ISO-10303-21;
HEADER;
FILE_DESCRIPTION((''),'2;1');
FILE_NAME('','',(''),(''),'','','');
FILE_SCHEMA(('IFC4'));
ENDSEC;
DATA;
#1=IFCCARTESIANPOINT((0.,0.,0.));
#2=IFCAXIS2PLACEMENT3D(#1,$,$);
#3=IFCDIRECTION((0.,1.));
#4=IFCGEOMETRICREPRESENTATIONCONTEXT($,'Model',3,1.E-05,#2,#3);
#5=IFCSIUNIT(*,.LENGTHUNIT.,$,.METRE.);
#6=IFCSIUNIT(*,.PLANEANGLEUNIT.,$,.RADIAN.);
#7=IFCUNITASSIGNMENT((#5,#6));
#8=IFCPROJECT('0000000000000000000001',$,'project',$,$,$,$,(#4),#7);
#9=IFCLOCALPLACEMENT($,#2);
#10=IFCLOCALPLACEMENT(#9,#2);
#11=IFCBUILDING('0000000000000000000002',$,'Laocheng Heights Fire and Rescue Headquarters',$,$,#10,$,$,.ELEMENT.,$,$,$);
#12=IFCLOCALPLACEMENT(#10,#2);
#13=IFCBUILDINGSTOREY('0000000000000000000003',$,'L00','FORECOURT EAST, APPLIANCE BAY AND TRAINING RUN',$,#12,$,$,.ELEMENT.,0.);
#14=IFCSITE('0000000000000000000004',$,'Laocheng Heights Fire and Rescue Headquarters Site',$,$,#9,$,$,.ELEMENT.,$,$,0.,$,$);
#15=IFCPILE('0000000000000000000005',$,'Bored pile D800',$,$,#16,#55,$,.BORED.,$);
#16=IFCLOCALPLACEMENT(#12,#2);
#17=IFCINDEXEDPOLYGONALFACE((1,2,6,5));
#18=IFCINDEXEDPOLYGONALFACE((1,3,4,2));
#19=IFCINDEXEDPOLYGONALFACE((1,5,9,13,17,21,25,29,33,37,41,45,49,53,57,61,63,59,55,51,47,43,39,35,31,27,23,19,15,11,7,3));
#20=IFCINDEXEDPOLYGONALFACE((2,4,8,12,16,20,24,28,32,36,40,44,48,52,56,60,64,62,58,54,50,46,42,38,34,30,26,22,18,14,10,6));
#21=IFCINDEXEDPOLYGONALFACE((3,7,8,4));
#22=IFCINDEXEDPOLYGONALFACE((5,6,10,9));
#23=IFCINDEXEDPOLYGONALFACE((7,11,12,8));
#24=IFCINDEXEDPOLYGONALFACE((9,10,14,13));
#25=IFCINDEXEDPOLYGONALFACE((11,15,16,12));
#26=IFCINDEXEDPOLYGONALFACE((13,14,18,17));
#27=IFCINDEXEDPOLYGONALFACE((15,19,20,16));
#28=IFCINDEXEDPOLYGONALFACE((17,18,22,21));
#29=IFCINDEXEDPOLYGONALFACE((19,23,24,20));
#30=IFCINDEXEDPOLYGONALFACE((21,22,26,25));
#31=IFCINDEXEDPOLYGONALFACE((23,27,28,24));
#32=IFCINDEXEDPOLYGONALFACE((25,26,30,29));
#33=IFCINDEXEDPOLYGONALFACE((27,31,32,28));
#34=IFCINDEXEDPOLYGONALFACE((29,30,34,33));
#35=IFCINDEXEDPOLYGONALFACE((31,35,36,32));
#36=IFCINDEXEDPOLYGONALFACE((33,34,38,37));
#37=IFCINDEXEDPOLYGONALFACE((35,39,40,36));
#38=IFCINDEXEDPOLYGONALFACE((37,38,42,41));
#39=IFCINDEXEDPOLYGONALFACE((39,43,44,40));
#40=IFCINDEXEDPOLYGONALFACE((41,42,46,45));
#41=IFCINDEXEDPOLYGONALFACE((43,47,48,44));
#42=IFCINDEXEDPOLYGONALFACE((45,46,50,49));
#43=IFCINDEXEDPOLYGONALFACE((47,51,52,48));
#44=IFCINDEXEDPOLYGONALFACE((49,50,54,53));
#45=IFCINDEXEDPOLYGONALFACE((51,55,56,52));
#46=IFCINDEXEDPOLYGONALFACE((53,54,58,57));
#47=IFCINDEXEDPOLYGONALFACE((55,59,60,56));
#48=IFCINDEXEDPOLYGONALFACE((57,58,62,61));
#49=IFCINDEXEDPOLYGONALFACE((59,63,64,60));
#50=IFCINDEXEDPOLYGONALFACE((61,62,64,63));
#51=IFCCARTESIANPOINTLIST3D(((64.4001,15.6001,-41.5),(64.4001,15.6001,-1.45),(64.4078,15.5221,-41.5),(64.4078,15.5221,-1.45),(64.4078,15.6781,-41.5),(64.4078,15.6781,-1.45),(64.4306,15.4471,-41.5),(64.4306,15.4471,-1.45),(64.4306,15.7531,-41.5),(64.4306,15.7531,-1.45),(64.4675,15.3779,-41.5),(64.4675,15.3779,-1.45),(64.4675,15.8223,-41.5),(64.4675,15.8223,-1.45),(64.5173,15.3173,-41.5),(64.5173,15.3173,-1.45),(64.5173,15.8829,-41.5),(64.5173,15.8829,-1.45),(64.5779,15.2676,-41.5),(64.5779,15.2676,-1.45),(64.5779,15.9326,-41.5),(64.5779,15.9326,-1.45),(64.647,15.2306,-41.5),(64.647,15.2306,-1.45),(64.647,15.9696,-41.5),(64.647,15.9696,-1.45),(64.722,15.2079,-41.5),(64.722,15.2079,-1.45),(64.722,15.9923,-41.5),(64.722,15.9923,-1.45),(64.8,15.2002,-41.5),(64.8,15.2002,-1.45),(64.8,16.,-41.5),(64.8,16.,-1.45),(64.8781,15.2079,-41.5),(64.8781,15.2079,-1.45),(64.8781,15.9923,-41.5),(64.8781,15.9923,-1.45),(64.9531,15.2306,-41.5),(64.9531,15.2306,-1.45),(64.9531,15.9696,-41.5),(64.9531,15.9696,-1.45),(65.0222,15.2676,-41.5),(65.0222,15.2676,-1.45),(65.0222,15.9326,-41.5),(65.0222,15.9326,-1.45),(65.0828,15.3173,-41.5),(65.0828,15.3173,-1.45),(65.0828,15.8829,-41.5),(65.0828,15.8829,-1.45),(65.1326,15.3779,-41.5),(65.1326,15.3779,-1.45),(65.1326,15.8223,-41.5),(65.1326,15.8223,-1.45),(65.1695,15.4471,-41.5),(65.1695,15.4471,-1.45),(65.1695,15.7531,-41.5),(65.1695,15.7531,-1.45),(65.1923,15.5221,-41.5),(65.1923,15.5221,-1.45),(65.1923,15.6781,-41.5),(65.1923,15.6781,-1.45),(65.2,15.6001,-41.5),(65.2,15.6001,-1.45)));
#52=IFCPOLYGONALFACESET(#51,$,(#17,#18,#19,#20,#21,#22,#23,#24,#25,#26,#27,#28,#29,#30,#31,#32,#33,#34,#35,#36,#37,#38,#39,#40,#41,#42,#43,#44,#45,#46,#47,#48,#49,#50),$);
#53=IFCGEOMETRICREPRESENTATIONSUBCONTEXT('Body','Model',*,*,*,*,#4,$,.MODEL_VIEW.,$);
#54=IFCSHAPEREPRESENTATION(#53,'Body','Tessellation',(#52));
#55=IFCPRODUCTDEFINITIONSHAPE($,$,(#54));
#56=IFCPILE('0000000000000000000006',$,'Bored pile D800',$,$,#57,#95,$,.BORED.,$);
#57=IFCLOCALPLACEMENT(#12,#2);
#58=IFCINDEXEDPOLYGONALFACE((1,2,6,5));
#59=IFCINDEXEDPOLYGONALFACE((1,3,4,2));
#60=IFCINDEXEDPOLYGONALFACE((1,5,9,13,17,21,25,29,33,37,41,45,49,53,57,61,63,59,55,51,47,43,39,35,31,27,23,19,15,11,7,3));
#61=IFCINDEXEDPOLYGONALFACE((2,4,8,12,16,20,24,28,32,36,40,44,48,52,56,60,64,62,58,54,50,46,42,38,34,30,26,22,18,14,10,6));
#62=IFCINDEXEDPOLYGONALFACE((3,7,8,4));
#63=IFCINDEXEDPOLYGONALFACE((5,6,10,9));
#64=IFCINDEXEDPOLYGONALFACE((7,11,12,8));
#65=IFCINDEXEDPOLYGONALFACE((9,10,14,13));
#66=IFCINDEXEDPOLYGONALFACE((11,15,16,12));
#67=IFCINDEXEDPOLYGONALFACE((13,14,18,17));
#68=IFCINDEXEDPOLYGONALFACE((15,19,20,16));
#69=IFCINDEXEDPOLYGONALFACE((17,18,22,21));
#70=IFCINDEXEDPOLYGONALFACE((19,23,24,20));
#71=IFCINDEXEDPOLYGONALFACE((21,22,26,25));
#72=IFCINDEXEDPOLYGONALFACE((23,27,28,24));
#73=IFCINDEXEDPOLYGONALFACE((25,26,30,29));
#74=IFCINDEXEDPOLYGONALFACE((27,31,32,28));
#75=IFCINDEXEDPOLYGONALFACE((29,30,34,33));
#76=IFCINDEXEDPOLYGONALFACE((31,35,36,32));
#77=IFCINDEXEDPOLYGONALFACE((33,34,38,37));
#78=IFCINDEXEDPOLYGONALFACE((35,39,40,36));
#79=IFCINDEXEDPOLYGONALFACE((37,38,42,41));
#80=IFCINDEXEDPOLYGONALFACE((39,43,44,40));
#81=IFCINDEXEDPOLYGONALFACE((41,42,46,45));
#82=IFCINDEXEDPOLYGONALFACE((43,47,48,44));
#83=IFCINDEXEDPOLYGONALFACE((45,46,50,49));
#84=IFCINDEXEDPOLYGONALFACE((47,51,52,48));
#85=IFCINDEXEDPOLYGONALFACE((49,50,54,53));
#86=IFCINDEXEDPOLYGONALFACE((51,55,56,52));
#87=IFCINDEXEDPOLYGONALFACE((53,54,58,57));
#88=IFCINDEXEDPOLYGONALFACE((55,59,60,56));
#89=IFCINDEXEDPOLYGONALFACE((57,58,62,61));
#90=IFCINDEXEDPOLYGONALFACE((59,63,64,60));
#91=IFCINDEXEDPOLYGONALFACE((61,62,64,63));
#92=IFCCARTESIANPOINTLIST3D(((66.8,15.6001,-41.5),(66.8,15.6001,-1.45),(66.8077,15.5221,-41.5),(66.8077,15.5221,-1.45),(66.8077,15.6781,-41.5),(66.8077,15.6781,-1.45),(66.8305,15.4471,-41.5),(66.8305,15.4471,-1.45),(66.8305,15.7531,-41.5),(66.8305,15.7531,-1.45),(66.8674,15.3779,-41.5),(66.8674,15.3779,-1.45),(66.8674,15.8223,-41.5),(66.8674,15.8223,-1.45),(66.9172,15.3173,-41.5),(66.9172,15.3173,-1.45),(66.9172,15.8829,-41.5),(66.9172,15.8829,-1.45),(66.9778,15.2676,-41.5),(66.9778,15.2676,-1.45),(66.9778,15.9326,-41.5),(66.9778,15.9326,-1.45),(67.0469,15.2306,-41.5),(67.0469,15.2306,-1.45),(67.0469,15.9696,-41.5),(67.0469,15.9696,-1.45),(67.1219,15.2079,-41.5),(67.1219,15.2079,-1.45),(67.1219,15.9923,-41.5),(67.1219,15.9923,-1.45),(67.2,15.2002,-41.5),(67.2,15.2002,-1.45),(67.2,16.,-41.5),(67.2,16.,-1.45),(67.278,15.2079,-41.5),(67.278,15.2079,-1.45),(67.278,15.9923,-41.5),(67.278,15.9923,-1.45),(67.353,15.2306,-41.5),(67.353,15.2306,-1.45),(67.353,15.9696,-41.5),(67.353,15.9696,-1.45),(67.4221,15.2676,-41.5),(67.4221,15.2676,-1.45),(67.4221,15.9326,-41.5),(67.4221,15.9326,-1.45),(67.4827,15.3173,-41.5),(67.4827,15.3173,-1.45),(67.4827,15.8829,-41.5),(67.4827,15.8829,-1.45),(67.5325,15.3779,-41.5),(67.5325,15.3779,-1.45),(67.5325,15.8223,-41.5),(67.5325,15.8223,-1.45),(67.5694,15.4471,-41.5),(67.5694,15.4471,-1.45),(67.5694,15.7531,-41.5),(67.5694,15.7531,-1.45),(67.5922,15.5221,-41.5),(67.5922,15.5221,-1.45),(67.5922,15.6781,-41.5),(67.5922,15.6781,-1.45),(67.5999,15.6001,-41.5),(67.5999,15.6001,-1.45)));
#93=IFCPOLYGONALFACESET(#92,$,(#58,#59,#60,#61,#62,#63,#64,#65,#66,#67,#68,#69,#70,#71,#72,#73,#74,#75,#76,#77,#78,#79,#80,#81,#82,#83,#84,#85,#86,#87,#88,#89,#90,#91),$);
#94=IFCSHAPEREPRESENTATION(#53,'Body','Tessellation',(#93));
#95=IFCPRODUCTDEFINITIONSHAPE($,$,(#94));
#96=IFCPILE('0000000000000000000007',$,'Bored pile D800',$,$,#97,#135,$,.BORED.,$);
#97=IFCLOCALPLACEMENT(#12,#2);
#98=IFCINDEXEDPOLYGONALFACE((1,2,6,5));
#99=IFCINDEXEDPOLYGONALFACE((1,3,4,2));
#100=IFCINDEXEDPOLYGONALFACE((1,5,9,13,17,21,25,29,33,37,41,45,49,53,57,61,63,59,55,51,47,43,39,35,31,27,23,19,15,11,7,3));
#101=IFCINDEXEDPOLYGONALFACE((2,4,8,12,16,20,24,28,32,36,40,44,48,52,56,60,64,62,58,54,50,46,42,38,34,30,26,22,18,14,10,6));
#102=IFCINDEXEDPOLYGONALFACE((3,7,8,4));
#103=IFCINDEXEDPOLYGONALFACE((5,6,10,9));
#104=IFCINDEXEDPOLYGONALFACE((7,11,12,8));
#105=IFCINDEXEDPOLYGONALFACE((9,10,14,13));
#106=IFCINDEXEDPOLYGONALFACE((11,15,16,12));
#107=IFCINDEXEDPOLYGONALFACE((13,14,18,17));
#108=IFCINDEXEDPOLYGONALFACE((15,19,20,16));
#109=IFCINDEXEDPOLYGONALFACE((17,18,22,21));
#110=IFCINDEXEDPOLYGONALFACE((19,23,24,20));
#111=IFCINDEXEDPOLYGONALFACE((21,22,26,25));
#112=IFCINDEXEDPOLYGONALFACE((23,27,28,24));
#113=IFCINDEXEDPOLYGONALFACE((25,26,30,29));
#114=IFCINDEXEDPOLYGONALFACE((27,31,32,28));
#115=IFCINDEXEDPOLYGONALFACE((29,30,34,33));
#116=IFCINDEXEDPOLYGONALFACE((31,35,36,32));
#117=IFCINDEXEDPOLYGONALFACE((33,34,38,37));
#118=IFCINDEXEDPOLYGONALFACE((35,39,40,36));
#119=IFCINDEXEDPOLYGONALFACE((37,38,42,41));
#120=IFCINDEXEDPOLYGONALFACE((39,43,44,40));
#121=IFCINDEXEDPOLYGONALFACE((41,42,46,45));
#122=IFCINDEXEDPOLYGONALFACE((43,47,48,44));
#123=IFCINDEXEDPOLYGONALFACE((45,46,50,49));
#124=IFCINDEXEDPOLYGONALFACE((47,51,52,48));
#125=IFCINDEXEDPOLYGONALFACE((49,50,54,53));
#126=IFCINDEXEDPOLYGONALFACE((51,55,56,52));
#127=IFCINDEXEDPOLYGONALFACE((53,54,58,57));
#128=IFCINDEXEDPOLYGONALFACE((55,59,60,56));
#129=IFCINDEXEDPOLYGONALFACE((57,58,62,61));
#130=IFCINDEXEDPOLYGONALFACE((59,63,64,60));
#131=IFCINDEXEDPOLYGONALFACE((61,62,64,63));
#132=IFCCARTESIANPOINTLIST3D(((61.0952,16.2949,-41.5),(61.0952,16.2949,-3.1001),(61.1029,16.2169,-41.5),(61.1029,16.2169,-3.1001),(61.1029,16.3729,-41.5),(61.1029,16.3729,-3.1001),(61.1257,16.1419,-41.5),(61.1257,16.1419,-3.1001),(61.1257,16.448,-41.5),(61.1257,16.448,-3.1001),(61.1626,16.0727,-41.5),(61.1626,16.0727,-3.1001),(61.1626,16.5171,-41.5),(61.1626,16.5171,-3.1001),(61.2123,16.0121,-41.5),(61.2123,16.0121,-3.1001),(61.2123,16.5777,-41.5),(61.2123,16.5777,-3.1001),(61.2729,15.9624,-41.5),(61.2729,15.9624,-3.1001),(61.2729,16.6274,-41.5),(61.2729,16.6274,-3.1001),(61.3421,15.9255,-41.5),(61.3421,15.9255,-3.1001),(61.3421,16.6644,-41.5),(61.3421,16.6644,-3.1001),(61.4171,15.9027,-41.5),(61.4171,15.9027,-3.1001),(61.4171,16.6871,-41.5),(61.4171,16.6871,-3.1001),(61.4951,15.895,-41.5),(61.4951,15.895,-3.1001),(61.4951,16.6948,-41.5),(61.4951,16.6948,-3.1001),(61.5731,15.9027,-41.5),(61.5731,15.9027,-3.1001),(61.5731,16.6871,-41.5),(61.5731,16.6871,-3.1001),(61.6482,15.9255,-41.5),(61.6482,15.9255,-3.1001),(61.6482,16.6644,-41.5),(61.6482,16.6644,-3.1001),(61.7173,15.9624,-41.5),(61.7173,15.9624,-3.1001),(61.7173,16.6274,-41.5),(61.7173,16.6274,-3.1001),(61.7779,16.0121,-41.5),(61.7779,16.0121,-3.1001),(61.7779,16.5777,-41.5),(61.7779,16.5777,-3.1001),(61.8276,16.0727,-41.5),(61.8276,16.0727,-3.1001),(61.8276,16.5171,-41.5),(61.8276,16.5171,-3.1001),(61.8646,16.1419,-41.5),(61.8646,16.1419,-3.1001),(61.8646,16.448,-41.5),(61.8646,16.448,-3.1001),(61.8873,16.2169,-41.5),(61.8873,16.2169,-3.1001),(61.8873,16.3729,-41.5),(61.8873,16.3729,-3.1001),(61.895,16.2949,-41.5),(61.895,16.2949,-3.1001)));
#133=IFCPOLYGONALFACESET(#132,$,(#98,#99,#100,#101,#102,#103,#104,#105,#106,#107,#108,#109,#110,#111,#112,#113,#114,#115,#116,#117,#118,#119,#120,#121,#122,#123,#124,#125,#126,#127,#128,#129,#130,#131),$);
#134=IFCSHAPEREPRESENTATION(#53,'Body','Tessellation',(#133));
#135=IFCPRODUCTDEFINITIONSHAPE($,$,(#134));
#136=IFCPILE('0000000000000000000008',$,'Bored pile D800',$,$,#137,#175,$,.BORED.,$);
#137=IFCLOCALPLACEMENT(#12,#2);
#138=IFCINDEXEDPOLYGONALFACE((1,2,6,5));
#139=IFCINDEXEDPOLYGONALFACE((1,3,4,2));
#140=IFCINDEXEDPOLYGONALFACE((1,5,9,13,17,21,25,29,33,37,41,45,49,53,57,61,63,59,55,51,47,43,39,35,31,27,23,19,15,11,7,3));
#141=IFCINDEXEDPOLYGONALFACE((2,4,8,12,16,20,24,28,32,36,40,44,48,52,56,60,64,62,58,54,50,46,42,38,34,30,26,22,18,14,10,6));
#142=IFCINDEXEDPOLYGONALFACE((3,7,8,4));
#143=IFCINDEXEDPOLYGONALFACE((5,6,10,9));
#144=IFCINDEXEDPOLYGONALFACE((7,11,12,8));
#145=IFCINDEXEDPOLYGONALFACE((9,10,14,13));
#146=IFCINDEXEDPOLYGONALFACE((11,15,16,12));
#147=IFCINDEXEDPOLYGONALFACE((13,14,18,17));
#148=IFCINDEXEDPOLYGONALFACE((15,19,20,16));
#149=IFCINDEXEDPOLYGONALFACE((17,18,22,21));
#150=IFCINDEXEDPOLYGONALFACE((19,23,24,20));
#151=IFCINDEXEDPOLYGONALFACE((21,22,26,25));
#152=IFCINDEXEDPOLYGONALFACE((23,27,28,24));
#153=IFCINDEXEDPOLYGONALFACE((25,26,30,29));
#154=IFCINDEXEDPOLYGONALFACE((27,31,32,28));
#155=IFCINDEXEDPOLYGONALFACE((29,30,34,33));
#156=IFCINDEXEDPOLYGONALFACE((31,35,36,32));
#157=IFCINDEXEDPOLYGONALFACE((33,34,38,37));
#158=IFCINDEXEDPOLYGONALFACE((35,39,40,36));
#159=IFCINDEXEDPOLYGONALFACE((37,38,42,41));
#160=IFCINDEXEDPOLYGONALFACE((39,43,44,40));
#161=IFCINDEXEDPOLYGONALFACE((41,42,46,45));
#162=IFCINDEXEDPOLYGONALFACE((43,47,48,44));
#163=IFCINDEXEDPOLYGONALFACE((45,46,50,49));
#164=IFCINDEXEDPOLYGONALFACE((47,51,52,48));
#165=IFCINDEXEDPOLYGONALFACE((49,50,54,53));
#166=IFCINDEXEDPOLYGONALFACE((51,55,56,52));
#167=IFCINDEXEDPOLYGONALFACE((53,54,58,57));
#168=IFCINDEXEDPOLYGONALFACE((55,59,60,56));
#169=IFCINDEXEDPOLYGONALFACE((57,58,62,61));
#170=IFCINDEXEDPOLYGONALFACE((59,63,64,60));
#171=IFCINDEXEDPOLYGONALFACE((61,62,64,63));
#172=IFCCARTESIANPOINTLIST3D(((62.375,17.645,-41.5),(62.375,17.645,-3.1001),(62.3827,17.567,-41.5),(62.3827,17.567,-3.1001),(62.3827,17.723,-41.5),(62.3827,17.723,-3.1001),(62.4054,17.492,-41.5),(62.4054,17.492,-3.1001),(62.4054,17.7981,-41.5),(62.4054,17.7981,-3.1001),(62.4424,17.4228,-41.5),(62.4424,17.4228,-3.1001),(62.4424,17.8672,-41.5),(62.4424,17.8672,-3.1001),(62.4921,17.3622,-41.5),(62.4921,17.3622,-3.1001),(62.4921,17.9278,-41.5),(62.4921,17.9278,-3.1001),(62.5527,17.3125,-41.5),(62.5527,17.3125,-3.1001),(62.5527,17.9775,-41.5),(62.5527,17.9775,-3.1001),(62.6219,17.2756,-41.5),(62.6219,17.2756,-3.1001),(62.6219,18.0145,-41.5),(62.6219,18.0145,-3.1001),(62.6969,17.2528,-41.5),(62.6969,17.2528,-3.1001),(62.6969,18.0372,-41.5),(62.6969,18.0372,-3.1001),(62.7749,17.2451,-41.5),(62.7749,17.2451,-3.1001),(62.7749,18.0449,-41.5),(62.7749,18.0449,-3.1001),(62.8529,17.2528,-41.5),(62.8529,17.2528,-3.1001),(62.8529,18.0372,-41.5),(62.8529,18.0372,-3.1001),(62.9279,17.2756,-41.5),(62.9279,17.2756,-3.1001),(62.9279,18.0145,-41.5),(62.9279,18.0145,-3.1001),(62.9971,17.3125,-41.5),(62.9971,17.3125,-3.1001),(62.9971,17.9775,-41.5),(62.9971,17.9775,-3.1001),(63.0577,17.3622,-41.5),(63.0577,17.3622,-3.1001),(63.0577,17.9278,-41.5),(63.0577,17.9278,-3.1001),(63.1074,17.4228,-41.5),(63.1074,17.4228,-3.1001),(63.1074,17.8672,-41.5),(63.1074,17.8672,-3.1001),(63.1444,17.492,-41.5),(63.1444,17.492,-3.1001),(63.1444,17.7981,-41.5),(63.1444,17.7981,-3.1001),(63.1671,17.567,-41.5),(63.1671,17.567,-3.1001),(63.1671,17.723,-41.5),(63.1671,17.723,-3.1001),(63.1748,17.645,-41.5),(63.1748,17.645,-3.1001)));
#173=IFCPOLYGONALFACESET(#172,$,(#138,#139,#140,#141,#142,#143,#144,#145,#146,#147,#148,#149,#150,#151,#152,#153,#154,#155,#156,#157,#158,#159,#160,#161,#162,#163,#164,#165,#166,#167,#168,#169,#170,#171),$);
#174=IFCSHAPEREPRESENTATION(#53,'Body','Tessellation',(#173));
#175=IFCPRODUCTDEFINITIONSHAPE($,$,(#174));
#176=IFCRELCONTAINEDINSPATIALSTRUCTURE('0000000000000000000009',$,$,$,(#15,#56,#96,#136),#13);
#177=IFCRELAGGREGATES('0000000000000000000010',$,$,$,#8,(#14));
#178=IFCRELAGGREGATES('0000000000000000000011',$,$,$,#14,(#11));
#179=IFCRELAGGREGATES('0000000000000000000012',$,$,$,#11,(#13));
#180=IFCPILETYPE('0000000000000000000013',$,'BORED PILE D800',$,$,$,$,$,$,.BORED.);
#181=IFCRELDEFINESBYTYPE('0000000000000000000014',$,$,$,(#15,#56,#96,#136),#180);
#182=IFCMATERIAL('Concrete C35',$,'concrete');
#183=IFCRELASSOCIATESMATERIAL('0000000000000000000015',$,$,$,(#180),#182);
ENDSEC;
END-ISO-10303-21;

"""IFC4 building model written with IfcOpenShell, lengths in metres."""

from ifc_helpers import new_model, si_unit, direction, frame, origin, origin_2d, place, context, subcontext, project, spatial, circle, extrude, material, material_profile, profile_set, type_object, element, save


model = new_model("IFC4")

# Units and contexts
model_context = context("Model", 3, precision=1e-05, world=origin(), true_north=direction((0.0, 1.0)))
body_context = subcontext(model_context, "Body", "Model", "MODEL_VIEW")
ifc_project = project(units=[si_unit("LENGTHUNIT", "METRE"), si_unit("PLANEANGLEUNIT", "RADIAN")], contexts=[model_context])

# Site, building, storey
site_placement = place(None, origin())
site = spatial("IfcSite", under=ifc_project, at=site_placement, Name="Laocheng Heights Fire and Rescue Headquarters Site", CompositionType="ELEMENT", RefElevation=0.0)
building_placement = place(site_placement, origin())
building = spatial("IfcBuilding", under=site, at=building_placement, Name="Laocheng Heights Fire and Rescue Headquarters", CompositionType="ELEMENT")
storey_placement = place(building_placement, origin())
storey = spatial("IfcBuildingStorey", under=building, at=storey_placement, Name="L00", Description="FORECOURT EAST, APPLIANCE BAY AND TRAINING RUN", CompositionType="ELEMENT", Elevation=0.0)

# Piles
ifc_material_1 = material(Name="Concrete C35", Category="concrete")
ifc_material_profile_1 = material_profile(ifc_material_1, circle(Radius=0.3999, at=origin_2d()), Name="BORED PILE D800")
ifc_profile_set_1 = profile_set([ifc_material_profile_1], Name="Concrete C35")
pile_type = type_object("IfcPileType", Name="BORED PILE D800", PredefinedType="BORED", material=ifc_profile_set_1)
for number, where, z_axis, x_axis, name in (
    (1, (64.8, 15.6001, -1.45), (0.0, 0.0, -1.0), (1.0, 0.0, 0.0), "Bored pile D800"),
    (2, (67.2, 15.6001, -1.45), (0.0, 0.0, -1.0), (1.0, 0.0, 0.0), "Bored pile D800"),
):
    element("IfcPile", number, at=place(storey_placement, frame(where, z_axis=z_axis, x_axis=x_axis)), inside=storey, type_object=pile_type, Name=name, PredefinedType="BORED", context=body_context, shape_type="SweptSolid", body=[
        extrude(circle(Radius=0.3999, at=origin_2d()), origin(), (0.0, 0.0, 1.0), 40.05),
    ])
for number, where, z_axis, x_axis, name in (
    (3, (61.4951, 16.2949, -3.1001), (0.0, 0.0, -1.0), (1.0, 0.0, 0.0), "Bored pile D800"),
    (4, (62.7749, 17.645, -3.1001), (0.0, 0.0, -1.0), (1.0, 0.0, 0.0), "Bored pile D800"),
):
    element("IfcPile", number, at=place(storey_placement, frame(where, z_axis=z_axis, x_axis=x_axis)), inside=storey, type_object=pile_type, Name=name, PredefinedType="BORED", context=body_context, shape_type="SweptSolid", body=[
        extrude(circle(Radius=0.3999, at=origin_2d()), origin(), (0.0, 0.0, 1.0), 38.3999),
    ])

save(model, "model.ifc")
